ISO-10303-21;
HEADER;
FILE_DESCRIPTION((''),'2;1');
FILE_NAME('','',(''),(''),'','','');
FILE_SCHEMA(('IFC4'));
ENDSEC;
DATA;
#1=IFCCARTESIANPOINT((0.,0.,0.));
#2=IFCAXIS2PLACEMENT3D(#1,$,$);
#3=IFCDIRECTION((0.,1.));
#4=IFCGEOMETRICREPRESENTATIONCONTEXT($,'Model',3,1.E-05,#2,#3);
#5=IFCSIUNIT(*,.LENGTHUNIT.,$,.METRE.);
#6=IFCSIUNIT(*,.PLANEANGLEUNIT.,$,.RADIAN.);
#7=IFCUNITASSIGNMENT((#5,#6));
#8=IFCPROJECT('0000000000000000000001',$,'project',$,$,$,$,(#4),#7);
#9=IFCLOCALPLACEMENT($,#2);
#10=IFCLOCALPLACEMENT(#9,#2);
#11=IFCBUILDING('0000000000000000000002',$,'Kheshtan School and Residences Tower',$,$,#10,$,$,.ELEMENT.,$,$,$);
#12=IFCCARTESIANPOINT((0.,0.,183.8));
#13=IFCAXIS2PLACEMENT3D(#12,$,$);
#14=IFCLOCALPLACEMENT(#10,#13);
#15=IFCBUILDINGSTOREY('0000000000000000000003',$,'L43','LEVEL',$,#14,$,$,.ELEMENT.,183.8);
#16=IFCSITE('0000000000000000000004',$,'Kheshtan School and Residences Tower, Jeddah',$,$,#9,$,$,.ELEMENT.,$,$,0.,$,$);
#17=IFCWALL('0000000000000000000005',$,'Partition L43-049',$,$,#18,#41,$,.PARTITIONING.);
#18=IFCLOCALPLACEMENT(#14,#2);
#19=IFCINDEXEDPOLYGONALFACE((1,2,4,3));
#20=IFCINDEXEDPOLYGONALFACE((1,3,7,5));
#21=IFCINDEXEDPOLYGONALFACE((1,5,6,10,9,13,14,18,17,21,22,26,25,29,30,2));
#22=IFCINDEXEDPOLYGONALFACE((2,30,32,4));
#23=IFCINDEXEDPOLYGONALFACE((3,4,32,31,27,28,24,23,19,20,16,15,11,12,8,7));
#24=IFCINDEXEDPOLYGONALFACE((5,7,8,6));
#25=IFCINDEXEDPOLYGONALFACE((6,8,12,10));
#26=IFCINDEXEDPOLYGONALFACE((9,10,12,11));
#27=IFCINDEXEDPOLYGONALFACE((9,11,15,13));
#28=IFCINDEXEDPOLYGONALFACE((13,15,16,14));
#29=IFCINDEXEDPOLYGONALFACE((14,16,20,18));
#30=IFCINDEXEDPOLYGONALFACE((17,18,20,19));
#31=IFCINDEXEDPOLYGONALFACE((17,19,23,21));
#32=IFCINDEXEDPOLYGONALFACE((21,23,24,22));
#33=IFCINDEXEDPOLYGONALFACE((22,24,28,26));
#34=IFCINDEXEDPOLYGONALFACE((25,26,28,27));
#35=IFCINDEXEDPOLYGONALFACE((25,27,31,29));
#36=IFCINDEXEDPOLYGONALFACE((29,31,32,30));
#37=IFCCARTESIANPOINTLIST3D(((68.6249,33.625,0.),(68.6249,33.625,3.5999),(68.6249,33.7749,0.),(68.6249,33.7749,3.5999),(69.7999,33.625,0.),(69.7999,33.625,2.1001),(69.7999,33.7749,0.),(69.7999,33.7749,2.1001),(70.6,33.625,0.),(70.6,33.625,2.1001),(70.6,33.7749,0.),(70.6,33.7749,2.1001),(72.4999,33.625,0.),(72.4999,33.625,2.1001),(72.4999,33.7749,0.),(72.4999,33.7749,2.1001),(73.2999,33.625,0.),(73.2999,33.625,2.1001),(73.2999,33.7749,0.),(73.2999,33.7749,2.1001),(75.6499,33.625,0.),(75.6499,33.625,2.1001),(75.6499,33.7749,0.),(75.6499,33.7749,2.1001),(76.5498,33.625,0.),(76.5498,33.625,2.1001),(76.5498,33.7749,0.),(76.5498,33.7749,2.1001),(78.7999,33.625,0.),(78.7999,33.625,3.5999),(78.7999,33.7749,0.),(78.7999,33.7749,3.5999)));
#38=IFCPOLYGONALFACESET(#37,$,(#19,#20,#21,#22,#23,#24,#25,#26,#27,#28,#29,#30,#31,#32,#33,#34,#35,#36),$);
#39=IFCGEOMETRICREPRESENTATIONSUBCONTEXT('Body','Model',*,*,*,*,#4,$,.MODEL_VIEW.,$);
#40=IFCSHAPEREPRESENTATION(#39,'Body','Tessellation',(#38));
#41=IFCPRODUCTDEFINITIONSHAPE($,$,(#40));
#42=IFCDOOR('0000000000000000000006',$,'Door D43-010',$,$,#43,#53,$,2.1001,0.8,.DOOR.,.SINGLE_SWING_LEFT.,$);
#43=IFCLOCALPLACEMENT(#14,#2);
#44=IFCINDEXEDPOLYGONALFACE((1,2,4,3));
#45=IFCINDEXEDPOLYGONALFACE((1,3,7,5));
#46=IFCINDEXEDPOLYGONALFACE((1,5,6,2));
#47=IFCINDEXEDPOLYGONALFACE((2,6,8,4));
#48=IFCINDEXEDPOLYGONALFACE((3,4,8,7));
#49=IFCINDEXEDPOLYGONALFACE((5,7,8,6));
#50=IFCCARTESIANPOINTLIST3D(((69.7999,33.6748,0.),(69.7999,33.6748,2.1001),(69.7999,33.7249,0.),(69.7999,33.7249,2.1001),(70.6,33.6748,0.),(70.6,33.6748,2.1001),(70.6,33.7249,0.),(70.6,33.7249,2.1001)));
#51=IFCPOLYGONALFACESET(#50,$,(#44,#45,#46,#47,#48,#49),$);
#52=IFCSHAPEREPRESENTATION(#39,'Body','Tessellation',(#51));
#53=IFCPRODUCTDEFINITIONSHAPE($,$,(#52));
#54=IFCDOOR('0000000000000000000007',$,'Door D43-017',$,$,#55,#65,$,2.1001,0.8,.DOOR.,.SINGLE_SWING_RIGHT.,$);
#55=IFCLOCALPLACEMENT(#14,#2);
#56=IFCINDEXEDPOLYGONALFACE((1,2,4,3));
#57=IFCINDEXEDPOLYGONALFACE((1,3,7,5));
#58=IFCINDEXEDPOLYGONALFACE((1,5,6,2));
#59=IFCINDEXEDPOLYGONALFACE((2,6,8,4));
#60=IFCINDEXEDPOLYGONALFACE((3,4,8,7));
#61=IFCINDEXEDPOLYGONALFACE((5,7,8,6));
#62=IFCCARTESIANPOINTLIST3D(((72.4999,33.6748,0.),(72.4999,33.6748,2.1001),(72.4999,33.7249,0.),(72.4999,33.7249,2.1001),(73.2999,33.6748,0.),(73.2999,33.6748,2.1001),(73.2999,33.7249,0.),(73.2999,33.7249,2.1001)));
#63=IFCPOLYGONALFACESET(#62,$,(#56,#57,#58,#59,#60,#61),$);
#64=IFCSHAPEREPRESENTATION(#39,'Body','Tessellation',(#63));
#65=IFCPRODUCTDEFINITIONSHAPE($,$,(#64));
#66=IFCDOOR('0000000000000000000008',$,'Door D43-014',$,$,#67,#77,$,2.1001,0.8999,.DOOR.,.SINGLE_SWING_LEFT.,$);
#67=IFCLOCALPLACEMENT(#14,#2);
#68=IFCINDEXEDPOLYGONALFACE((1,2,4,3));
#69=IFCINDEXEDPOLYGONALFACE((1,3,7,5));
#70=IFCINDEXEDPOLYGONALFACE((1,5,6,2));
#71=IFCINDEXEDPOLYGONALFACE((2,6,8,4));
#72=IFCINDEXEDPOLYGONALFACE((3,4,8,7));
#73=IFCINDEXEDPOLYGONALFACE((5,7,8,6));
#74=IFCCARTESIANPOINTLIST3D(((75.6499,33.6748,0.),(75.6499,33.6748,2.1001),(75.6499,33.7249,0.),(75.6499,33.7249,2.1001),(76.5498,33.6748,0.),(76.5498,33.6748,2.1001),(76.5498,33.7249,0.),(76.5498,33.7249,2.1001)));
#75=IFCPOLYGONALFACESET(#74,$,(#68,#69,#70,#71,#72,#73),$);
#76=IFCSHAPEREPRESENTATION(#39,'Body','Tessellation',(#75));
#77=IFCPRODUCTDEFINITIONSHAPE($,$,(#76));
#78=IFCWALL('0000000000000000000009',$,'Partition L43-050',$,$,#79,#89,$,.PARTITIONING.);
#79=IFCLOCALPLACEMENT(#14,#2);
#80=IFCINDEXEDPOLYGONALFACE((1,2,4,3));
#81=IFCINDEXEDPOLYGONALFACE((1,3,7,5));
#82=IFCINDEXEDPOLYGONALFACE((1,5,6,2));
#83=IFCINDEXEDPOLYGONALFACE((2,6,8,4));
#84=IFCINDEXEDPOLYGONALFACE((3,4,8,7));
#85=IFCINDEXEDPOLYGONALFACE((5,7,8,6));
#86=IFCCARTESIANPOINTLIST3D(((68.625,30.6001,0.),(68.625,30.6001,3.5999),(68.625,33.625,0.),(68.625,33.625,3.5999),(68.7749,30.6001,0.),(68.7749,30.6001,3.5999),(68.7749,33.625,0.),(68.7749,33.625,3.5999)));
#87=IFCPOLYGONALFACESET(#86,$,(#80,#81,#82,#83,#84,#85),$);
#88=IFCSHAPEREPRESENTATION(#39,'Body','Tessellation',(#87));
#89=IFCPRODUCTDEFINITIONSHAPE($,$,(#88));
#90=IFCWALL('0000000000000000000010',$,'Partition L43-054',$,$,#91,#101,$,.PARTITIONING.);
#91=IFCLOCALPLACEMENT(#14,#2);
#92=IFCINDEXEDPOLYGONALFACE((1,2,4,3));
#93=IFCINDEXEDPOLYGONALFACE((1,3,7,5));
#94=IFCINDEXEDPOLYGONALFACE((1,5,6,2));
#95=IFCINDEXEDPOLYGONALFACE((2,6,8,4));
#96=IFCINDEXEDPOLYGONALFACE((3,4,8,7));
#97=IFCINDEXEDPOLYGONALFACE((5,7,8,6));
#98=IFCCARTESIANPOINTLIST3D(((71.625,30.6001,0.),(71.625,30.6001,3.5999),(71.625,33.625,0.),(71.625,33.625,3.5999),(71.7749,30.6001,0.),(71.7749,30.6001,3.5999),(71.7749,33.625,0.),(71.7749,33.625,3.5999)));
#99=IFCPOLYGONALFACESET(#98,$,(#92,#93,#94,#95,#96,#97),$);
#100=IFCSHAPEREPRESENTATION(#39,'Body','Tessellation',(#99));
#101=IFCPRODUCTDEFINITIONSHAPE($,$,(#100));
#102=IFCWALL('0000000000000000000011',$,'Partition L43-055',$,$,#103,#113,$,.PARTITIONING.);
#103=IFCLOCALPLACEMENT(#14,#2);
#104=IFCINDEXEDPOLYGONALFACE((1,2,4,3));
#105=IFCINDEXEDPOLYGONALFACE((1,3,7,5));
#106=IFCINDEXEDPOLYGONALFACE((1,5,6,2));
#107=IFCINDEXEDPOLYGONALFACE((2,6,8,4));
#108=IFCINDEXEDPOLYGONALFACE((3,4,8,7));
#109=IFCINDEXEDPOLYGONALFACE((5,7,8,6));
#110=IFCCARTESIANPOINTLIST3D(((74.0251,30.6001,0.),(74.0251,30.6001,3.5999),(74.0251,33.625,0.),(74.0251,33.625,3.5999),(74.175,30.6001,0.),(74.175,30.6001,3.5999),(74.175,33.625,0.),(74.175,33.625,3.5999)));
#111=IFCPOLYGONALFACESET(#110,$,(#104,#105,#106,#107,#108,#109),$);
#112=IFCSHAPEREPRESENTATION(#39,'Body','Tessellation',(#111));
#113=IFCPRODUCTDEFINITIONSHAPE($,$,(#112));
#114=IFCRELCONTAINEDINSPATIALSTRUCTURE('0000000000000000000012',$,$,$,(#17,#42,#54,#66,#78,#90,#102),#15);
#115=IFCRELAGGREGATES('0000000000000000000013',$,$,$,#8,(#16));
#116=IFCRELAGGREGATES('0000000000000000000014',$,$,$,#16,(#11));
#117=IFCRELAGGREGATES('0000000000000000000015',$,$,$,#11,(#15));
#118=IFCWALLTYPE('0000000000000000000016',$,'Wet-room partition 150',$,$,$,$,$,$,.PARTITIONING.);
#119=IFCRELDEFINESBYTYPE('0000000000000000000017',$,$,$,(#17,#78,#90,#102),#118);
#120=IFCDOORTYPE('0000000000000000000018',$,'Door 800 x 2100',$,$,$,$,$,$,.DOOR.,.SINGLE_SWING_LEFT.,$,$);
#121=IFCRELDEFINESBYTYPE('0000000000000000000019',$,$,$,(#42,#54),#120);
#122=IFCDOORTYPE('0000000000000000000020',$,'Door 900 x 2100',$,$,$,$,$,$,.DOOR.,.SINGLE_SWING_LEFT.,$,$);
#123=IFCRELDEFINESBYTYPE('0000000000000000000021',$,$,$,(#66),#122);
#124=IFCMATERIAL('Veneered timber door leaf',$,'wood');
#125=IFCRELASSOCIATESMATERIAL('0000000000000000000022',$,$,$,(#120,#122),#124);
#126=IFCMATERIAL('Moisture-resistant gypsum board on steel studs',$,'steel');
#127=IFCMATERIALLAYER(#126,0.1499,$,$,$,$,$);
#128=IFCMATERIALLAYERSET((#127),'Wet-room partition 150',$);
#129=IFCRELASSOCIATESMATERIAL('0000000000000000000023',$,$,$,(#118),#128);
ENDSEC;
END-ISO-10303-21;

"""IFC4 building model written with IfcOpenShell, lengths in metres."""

from ifc_helpers import new_model, si_unit, direction, frame, frame_2d, origin, place, context, subcontext, project, spatial, rectangle, extrude, source, transform, mapped, material, layer, layer_set, type_object, element, fill, save


model = new_model("IFC4")

# Units and contexts
model_context = context("Model", 3, precision=1e-05, world=origin(), true_north=direction((0.0, 1.0)))
body_context = subcontext(model_context, "Body", "Model", "MODEL_VIEW")
ifc_project = project(units=[si_unit("LENGTHUNIT", "METRE"), si_unit("PLANEANGLEUNIT", "RADIAN")], contexts=[model_context])

# Site, building, storey
site_placement = place(None, origin())
site = spatial("IfcSite", under=ifc_project, at=site_placement, Name="Kheshtan School and Residences Tower, Jeddah", CompositionType="ELEMENT", RefElevation=0.0)
building_placement = place(site_placement, origin())
building = spatial("IfcBuilding", under=site, at=building_placement, Name="Kheshtan School and Residences Tower", CompositionType="ELEMENT")
storey_placement = place(building_placement, frame((0.0, 0.0, 183.8)))
storey = spatial("IfcBuildingStorey", under=building, at=storey_placement, Name="L43", Description="LEVEL", CompositionType="ELEMENT", Elevation=183.8)

# Shared definitions
ifc_material_1 = material(Name="Veneered timber door leaf", Category="wood")
door_type_1 = type_object("IfcDoorType", Name="Door 800 x 2100", OperationType="SINGLE_SWING_LEFT", PredefinedType="DOOR", material=ifc_material_1)
shared_shape_1 = source(origin(), body_context, "Body", "SweptSolid", [
    extrude(rectangle(XDim=0.8, YDim=2.1001, at=frame_2d((0.3999, 1.05))), frame((0.0, 0.0249, 0.0), z_axis=(0.0, -1.0, 0.0), x_axis=(1.0, 0.0, 0.0)), (0.0, 0.0, 1.0), 0.05),
])

# Wall, openings, doors
ifc_material_2 = material(Name="Moisture-resistant gypsum board on steel studs", Category="steel")
ifc_layer_1 = layer(ifc_material_2, 0.1499)
ifc_layer_set_1 = layer_set([ifc_layer_1], Name="Wet-room partition 150")
wall_type_1 = type_object("IfcWallType", Name="Wet-room partition 150", PredefinedType="PARTITIONING", material=ifc_layer_set_1)
door_type_2 = type_object("IfcDoorType", Name="Door 900 x 2100", OperationType="SINGLE_SWING_LEFT", PredefinedType="DOOR", material=ifc_material_1)
shared_shape_2 = source(origin(), body_context, "Body", "SweptSolid", [
    extrude(rectangle(XDim=0.8999, YDim=2.1001, at=frame_2d((0.45, 1.05))), frame((0.0, 0.0249, 0.0), z_axis=(0.0, -1.0, 0.0), x_axis=(1.0, 0.0, 0.0)), (0.0, 0.0, 1.0), 0.05),
])
wall_1_placement = place(storey_placement, frame((68.625, 33.7, 0.0), z_axis=(0.0, 0.0, 1.0), x_axis=(1.0, 0.0, 0.0)))
wall_1 = element("IfcWall", 1, at=wall_1_placement, inside=storey, type_object=wall_type_1, Name="Partition L43-049", PredefinedType="PARTITIONING", context=body_context, shape_type="SweptSolid", body=[
    extrude(rectangle(XDim=10.175, YDim=0.1499, at=frame_2d((5.0874, 0.0))), origin(), (0.0, 0.0, 1.0), 3.5999),
])
opening_1_placement = place(wall_1_placement, frame((1.175, 0.0, 0.0)))
opening_1 = element("IfcOpeningElement", 2, at=opening_1_placement, cuts=wall_1, PredefinedType="OPENING", context=body_context, shape_type="SweptSolid", body=[
    extrude(rectangle(XDim=0.8, YDim=2.1001, at=frame_2d((0.3999, 1.05))), frame((0.0, 0.085, 0.0), z_axis=(0.0, -1.0, 0.0), x_axis=(1.0, 0.0, 0.0)), (0.0, 0.0, 1.0), 0.1699),
])
opening_2_placement = place(wall_1_placement, frame((7.0249, 0.0, 0.0)))
opening_2 = element("IfcOpeningElement", 3, at=opening_2_placement, cuts=wall_1, PredefinedType="OPENING", context=body_context, shape_type="SweptSolid", body=[
    extrude(rectangle(XDim=0.8999, YDim=2.1001, at=frame_2d((0.45, 1.05))), frame((0.0, 0.085, 0.0), z_axis=(0.0, -1.0, 0.0), x_axis=(1.0, 0.0, 0.0)), (0.0, 0.0, 1.0), 0.1699),
])
opening_3_placement = place(wall_1_placement, frame((3.875, 0.0, 0.0)))
opening_3 = element("IfcOpeningElement", 4, at=opening_3_placement, cuts=wall_1, PredefinedType="OPENING", context=body_context, shape_type="SweptSolid", body=[
    extrude(rectangle(XDim=0.8, YDim=2.1001, at=frame_2d((0.3999, 1.05))), frame((0.0, 0.085, 0.0), z_axis=(0.0, -1.0, 0.0), x_axis=(1.0, 0.0, 0.0)), (0.0, 0.0, 1.0), 0.1699),
])
door_1_placement = place(opening_1_placement, origin())
door_1 = element("IfcDoor", 5, at=door_1_placement, inside=storey, type_object=door_type_1, Name="Door D43-010", OperationType="SINGLE_SWING_LEFT", OverallHeight=2.1001, OverallWidth=0.8, PredefinedType="DOOR", context=body_context, shape_type="MappedRepresentation", body=[
    mapped(shared_shape_1, transform((0.0, 0.0, 0.0), x_axis=(1.0, 0.0, 0.0), y_axis=(0.0, 1.0, 0.0), z_axis=(0.0, 0.0, 1.0), scale=1.0)),
])
fill(opening_1, door_1)
door_2_placement = place(opening_3_placement, origin())
door_2 = element("IfcDoor", 6, at=door_2_placement, inside=storey, type_object=door_type_1, Name="Door D43-017", OperationType="SINGLE_SWING_RIGHT", OverallHeight=2.1001, OverallWidth=0.8, PredefinedType="DOOR", context=body_context, shape_type="MappedRepresentation", body=[
    mapped(shared_shape_1, transform((0.0, 0.0, 0.0), x_axis=(1.0, 0.0, 0.0), y_axis=(0.0, 1.0, 0.0), z_axis=(0.0, 0.0, 1.0), scale=1.0)),
])
fill(opening_3, door_2)
door_3_placement = place(opening_2_placement, origin())
door_3 = element("IfcDoor", 7, at=door_3_placement, inside=storey, type_object=door_type_2, Name="Door D43-014", OperationType="SINGLE_SWING_LEFT", OverallHeight=2.1001, OverallWidth=0.8999, PredefinedType="DOOR", context=body_context, shape_type="MappedRepresentation", body=[
    mapped(shared_shape_2, transform((0.0, 0.0, 0.0), x_axis=(1.0, 0.0, 0.0), y_axis=(0.0, 1.0, 0.0), z_axis=(0.0, 0.0, 1.0), scale=1.0)),
])
fill(opening_2, door_3)

# Walls
for number, where, z_axis, x_axis, name in (
    (8, (68.7, 30.6001, 0.0), (0.0, 0.0, 1.0), (0.0, 1.0, 0.0), "Partition L43-050"),
    (9, (71.7, 30.6001, 0.0), (0.0, 0.0, 1.0), (0.0, 1.0, 0.0), "Partition L43-054"),
    (10, (74.1001, 30.6001, 0.0), (0.0, 0.0, 1.0), (0.0, 1.0, 0.0), "Partition L43-055"),
):
    element("IfcWall", number, at=place(storey_placement, frame(where, z_axis=z_axis, x_axis=x_axis)), inside=storey, type_object=wall_type_1, Name=name, PredefinedType="PARTITIONING", context=body_context, shape_type="SweptSolid", body=[
        extrude(rectangle(XDim=3.0249, YDim=0.1499, at=frame_2d((1.5125, 0.0))), origin(), (0.0, 0.0, 1.0), 3.5999),
    ])

save(model, "model.ifc")
